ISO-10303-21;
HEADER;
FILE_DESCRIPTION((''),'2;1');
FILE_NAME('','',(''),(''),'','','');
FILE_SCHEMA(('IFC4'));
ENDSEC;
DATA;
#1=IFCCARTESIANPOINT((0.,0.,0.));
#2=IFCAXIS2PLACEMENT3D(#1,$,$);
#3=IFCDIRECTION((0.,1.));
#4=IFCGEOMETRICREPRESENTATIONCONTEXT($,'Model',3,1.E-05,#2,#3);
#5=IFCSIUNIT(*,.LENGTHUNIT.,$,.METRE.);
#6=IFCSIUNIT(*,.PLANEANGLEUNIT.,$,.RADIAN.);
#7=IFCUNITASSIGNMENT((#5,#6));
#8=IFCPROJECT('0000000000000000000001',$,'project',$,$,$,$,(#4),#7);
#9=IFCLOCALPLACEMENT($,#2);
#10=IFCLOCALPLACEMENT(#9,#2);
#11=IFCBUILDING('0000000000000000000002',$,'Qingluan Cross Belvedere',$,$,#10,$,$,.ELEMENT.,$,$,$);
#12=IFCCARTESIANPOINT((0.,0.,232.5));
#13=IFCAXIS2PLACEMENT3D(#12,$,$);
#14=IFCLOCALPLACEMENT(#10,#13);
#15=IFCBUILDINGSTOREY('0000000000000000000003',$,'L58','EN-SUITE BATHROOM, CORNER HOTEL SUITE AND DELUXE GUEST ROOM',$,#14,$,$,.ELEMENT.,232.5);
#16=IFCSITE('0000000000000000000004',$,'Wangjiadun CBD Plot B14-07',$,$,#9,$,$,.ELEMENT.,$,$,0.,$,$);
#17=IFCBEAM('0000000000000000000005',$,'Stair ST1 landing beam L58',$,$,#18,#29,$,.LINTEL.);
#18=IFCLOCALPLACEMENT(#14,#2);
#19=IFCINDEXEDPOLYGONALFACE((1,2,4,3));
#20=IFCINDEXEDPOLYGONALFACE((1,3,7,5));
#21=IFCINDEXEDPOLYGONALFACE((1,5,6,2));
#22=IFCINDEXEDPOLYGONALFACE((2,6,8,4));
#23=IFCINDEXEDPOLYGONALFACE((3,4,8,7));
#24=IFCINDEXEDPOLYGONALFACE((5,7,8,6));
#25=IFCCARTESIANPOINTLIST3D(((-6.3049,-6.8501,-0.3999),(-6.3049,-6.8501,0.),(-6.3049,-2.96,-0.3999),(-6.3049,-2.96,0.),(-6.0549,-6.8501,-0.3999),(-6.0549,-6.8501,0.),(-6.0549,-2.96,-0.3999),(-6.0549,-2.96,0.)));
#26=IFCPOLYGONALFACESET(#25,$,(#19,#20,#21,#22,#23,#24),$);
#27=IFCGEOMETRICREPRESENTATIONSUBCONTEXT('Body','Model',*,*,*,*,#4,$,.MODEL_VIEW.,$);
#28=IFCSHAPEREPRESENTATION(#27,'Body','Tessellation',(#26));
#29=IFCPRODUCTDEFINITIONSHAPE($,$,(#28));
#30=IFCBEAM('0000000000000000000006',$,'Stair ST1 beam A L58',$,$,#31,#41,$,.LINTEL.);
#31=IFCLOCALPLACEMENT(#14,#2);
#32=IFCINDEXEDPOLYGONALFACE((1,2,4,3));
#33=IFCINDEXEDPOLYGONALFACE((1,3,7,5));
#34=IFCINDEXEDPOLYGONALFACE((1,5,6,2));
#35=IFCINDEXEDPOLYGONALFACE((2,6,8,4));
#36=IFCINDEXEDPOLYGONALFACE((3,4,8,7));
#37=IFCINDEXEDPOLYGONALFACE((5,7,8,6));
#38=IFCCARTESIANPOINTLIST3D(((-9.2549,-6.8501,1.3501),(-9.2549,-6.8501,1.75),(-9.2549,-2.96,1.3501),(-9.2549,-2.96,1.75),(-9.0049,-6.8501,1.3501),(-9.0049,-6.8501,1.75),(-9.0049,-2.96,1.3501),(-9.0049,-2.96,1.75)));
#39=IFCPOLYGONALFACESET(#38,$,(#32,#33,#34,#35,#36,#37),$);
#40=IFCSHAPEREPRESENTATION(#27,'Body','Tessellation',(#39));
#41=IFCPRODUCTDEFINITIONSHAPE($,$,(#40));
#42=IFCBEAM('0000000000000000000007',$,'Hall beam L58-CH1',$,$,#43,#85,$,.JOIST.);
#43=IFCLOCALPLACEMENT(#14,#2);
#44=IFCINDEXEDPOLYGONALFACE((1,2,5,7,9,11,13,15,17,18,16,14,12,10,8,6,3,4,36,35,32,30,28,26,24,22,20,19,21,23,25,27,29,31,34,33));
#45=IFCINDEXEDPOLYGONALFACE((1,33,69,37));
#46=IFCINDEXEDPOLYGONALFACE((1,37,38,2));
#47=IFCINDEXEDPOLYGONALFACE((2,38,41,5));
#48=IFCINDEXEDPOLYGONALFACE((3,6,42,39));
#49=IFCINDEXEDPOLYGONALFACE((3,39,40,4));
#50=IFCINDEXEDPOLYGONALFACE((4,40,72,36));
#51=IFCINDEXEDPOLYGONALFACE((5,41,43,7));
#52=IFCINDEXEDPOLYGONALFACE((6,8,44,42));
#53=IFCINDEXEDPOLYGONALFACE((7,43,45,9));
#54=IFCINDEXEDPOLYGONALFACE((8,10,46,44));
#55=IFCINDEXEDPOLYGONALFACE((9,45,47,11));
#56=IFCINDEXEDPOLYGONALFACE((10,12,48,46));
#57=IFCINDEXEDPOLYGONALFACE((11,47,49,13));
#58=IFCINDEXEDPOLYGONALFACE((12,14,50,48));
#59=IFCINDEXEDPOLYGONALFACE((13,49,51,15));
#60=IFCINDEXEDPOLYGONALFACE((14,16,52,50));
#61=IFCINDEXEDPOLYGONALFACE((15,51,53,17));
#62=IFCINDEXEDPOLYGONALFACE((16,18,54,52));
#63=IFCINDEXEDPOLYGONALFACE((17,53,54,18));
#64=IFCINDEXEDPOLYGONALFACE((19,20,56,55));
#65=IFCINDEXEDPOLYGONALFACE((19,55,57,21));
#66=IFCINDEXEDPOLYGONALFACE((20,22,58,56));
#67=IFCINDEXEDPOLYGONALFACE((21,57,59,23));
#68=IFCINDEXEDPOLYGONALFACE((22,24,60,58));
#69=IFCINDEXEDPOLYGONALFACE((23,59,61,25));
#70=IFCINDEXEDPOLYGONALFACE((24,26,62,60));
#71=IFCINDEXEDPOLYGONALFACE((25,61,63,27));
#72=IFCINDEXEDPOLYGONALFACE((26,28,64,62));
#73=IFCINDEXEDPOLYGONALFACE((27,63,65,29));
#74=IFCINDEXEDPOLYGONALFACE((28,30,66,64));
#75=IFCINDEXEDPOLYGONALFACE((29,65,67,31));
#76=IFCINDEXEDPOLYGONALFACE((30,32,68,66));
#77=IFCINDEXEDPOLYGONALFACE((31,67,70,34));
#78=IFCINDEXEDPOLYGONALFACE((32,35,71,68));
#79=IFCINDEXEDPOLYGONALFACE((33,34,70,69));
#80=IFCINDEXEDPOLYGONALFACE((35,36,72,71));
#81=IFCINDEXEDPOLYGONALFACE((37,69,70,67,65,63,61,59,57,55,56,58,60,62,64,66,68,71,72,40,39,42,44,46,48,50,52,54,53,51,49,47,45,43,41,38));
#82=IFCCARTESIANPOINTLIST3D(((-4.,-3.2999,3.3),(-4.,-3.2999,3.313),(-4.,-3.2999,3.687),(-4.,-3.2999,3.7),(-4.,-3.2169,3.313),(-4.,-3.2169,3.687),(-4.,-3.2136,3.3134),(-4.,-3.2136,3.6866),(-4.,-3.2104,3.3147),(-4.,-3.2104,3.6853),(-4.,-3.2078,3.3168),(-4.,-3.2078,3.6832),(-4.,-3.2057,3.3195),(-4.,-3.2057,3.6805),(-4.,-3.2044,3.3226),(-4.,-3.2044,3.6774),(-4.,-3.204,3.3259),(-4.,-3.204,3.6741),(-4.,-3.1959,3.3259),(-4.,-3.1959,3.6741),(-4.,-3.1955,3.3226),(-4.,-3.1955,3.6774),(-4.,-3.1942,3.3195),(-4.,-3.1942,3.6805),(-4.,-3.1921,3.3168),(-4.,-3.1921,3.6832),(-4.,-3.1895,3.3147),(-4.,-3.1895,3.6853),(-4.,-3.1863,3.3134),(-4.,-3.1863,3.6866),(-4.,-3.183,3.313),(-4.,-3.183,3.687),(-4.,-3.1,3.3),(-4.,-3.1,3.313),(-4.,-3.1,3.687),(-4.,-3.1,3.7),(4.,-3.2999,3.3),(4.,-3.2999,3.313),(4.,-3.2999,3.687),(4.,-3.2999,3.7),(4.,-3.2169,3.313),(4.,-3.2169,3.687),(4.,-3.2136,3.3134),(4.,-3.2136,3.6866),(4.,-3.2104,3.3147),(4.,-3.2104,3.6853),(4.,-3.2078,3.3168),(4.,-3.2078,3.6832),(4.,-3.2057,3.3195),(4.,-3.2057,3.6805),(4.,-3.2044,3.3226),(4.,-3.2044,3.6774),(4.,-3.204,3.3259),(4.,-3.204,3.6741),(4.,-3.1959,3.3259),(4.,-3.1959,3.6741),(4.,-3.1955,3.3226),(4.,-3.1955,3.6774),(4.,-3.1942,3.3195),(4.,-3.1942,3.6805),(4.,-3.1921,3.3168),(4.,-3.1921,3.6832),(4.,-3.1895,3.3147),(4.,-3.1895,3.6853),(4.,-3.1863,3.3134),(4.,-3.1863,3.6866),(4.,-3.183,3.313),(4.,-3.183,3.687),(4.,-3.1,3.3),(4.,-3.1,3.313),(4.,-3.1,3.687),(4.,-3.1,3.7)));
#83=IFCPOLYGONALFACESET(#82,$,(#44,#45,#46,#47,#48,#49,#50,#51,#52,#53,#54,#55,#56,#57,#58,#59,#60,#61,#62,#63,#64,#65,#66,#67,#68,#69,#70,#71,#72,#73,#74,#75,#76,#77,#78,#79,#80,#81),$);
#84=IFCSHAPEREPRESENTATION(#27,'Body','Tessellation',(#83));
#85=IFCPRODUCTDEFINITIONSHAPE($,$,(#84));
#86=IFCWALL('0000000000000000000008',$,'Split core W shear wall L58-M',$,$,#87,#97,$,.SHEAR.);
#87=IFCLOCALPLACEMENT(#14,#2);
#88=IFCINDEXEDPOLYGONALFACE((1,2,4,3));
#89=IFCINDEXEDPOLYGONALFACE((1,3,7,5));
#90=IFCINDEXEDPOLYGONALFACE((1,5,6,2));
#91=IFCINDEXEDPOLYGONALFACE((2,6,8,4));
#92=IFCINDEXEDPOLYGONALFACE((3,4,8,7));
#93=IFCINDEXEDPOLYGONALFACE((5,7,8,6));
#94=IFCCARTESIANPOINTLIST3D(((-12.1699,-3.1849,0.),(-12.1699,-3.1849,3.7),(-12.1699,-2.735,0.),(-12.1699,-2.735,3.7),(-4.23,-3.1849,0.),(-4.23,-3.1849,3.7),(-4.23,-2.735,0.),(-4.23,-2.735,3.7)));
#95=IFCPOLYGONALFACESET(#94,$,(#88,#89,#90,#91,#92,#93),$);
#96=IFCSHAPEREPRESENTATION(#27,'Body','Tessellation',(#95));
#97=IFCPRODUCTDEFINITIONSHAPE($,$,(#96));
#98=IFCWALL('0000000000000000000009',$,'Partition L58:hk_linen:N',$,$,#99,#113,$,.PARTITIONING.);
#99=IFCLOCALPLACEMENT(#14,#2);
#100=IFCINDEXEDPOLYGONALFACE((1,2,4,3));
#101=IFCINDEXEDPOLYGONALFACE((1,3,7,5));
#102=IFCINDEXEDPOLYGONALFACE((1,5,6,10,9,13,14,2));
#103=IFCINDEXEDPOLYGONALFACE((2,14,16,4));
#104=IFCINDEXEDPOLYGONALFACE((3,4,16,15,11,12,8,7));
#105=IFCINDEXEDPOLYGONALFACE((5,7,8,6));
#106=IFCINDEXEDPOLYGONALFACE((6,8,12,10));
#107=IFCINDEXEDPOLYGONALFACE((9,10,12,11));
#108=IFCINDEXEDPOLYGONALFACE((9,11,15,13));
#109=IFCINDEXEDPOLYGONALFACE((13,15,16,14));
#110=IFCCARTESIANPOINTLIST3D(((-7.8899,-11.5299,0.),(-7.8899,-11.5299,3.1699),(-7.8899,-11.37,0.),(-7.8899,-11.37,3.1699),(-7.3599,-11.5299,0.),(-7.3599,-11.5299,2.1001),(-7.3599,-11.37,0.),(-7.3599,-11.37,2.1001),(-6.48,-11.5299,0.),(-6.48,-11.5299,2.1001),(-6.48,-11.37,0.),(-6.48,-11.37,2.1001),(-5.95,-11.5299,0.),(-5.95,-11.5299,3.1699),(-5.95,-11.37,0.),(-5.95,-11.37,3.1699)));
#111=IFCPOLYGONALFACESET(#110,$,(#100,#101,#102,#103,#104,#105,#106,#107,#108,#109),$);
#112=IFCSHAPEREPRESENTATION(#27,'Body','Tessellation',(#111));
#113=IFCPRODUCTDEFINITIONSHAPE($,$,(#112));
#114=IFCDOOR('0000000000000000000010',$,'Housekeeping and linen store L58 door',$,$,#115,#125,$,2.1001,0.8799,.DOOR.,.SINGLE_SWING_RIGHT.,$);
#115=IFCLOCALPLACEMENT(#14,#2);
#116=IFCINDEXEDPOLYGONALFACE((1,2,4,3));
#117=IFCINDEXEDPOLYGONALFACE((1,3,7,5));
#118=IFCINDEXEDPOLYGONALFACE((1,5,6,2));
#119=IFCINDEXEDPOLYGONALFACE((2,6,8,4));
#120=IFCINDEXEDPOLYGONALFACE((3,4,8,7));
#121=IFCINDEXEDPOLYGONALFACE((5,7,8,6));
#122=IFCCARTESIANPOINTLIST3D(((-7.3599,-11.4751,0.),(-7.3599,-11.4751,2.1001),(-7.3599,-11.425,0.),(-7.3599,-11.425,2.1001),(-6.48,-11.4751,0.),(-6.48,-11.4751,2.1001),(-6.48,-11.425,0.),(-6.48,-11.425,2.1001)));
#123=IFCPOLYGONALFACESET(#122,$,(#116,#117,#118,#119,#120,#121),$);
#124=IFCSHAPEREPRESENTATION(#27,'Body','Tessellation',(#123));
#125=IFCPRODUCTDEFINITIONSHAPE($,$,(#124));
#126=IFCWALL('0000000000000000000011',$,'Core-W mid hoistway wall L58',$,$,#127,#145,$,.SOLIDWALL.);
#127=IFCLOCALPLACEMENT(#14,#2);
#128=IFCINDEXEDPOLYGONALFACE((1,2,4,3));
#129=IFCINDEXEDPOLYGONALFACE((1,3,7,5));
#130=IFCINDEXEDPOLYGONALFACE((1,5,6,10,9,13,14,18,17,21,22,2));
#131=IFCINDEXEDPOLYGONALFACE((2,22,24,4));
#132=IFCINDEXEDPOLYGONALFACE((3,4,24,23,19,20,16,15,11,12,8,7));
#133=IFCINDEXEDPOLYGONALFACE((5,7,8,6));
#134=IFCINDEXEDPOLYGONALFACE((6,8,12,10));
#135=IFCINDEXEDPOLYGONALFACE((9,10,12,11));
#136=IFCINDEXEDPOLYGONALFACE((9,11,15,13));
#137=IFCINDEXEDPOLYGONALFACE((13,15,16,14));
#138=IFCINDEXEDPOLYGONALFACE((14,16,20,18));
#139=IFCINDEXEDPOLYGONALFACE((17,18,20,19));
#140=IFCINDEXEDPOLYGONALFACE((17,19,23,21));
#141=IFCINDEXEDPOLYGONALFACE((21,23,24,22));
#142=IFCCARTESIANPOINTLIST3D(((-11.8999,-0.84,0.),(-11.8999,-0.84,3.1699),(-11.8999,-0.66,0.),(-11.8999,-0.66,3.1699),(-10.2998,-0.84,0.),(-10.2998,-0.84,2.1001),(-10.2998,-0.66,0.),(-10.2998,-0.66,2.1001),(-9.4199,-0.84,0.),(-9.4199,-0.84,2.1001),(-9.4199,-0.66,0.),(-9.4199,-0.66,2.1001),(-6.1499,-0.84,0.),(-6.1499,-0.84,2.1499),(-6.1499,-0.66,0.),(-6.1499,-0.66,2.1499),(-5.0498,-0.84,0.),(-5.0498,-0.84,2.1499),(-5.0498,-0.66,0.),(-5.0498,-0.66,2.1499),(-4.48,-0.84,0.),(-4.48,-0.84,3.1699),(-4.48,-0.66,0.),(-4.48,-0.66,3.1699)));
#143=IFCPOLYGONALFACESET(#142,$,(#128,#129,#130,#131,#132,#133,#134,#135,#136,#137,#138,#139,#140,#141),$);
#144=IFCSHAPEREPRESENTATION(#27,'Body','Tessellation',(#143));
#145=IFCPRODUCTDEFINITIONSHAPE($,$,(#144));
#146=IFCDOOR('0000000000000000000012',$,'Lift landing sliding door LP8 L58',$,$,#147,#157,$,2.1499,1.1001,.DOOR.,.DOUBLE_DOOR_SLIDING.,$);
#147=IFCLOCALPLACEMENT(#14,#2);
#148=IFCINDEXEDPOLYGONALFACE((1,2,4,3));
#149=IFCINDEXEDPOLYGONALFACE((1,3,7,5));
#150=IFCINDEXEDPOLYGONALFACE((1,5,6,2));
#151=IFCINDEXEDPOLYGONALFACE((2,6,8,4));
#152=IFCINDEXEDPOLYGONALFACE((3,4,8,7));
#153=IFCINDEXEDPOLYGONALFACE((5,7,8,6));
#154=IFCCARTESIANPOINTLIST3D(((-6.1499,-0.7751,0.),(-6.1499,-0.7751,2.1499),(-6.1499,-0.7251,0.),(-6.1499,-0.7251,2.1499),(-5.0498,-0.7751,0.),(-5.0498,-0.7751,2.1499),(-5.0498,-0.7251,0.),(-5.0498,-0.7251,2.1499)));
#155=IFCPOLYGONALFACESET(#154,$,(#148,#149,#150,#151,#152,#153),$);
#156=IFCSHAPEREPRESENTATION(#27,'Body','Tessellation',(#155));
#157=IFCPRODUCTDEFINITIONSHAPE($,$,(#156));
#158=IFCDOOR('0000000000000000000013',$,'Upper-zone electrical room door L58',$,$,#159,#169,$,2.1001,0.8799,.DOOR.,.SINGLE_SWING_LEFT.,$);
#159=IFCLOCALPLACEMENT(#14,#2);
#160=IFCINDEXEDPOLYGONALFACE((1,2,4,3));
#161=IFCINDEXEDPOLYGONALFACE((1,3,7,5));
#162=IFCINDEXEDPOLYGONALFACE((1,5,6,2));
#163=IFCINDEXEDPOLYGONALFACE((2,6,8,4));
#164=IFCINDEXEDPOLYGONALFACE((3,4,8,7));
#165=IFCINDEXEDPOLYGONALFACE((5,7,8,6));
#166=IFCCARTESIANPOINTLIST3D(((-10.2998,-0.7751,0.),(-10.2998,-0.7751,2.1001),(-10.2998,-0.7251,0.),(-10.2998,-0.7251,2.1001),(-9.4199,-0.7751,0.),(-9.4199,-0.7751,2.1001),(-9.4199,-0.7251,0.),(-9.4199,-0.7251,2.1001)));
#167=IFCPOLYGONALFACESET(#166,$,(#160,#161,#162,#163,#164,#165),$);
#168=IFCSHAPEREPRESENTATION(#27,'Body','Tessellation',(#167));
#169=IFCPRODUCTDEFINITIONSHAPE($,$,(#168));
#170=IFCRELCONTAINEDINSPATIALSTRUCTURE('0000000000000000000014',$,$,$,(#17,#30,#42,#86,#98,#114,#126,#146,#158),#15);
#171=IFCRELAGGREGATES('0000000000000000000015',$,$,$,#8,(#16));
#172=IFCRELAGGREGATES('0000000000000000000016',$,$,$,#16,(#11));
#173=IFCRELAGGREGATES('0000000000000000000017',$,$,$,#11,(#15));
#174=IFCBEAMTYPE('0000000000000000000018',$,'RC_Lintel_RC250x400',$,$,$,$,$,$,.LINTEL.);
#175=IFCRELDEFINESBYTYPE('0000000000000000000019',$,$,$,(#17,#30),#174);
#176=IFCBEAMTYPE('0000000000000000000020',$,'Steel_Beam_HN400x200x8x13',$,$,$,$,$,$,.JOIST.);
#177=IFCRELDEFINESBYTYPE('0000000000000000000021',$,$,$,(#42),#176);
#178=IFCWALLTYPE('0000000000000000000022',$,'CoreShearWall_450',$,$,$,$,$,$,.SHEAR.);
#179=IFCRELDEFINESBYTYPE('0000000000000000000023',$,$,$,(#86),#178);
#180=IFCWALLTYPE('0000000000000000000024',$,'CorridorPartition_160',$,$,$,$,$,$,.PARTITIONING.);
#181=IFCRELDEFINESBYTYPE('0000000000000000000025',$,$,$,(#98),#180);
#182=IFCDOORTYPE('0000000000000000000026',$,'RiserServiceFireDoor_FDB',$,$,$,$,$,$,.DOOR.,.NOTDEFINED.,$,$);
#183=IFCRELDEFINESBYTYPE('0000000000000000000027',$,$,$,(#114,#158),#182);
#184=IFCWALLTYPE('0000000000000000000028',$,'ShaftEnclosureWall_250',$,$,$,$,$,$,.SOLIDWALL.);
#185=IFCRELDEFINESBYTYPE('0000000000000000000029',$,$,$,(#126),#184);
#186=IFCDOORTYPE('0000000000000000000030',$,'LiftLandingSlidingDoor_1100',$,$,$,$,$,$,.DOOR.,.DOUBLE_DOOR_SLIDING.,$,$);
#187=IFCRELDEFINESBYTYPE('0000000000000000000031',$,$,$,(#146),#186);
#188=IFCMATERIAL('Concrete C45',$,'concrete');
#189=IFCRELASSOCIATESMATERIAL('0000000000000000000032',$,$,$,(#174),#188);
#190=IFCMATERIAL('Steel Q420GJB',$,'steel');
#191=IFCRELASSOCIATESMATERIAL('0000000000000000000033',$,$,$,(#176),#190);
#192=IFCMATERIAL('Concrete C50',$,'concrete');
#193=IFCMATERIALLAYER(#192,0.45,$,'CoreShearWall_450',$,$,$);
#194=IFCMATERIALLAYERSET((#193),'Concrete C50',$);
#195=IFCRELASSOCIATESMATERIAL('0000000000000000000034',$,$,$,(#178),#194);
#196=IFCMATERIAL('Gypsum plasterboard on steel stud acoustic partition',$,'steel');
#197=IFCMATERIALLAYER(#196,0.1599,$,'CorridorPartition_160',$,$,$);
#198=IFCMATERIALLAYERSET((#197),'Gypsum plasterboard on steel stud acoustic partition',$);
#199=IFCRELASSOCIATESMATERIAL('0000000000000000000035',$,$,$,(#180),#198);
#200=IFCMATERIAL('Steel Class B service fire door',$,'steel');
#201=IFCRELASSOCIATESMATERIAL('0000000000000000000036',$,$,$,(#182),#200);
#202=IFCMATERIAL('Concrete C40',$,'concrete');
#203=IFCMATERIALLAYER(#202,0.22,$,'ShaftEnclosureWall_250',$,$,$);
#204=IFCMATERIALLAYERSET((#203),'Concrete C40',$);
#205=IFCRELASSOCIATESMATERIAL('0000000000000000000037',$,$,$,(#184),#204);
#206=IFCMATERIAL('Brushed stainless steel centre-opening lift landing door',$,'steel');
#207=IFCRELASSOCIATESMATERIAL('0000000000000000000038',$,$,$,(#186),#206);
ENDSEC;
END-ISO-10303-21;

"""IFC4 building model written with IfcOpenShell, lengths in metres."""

from ifc_helpers import new_model, si_unit, direction, frame, frame_2d, origin, origin_2d, place, context, subcontext, project, spatial, rectangle, i_section, extrude, material, layer, layer_set, material_profile, profile_set, type_object, element, fill, save


model = new_model("IFC4")

# Units and contexts
model_context = context("Model", 3, precision=1e-05, world=origin(), true_north=direction((0.0, 1.0)))
body_context = subcontext(model_context, "Body", "Model", "MODEL_VIEW")
ifc_project = project(units=[si_unit("LENGTHUNIT", "METRE"), si_unit("PLANEANGLEUNIT", "RADIAN")], contexts=[model_context])

# Site, building, storey
site_placement = place(None, origin())
site = spatial("IfcSite", under=ifc_project, at=site_placement, Name="Wangjiadun CBD Plot B14-07", CompositionType="ELEMENT", RefElevation=0.0)
building_placement = place(site_placement, origin())
building = spatial("IfcBuilding", under=site, at=building_placement, Name="Qingluan Cross Belvedere", CompositionType="ELEMENT")
storey_placement = place(building_placement, frame((0.0, 0.0, 232.5)))
storey = spatial("IfcBuildingStorey", under=building, at=storey_placement, Name="L58", Description="EN-SUITE BATHROOM, CORNER HOTEL SUITE AND DELUXE GUEST ROOM", CompositionType="ELEMENT", Elevation=232.5)

# Beams
ifc_material_1 = material(Name="Concrete C45", Category="concrete")
ifc_material_profile_1 = material_profile(ifc_material_1, rectangle(XDim=0.25, YDim=0.3999, at=origin_2d()), Name="RC250x400")
ifc_profile_set_1 = profile_set([ifc_material_profile_1], Name="Concrete C45")
beam_type_1 = type_object("IfcBeamType", Name="RC_Lintel_RC250x400", PredefinedType="LINTEL", material=ifc_profile_set_1)
for number, where, z_axis, x_axis, name in (
    (1, (-6.1799, -6.8501, -0.2), (0.0, 1.0, 0.0), (-1.0, 0.0, 0.0), "Stair ST1 landing beam L58"),
    (2, (-9.1299, -6.8501, 1.55), (0.0, 1.0, 0.0), (-1.0, 0.0, 0.0), "Stair ST1 beam A L58"),
):
    element("IfcBeam", number, at=place(storey_placement, frame(where, z_axis=z_axis, x_axis=x_axis)), inside=storey, type_object=beam_type_1, Name=name, PredefinedType="LINTEL", context=body_context, shape_type="SweptSolid", body=[
        extrude(rectangle(XDim=0.25, YDim=0.3999, at=origin_2d()), origin(), (0.0, 0.0, 1.0), 3.8901),
    ])
ifc_material_2 = material(Name="Steel Q420GJB", Category="steel")
ifc_material_profile_2 = material_profile(ifc_material_2, i_section(OverallWidth=0.2, OverallDepth=0.3999, WebThickness=0.0081, FlangeThickness=0.0129, FilletRadius=0.0129, at=origin_2d()), Name="HN400x200x8x13")
ifc_profile_set_2 = profile_set([ifc_material_profile_2], Name="Steel Q420GJB")
beam_type_2 = type_object("IfcBeamType", Name="Steel_Beam_HN400x200x8x13", PredefinedType="JOIST", material=ifc_profile_set_2)
beam_placement = place(storey_placement, frame((-4.0, -3.2, 3.5), z_axis=(1.0, 0.0, 0.0), x_axis=(0.0, 1.0, 0.0)))
element("IfcBeam", 3, at=beam_placement, inside=storey, type_object=beam_type_2, Name="Hall beam L58-CH1", PredefinedType="JOIST", context=body_context, shape_type="SweptSolid", body=[
    extrude(i_section(OverallWidth=0.2, OverallDepth=0.3999, WebThickness=0.0081, FlangeThickness=0.0129, FilletRadius=0.0129, at=origin_2d()), origin(), (0.0, 0.0, 1.0), 8.0),
])

# Shared definitions
ifc_material_3 = material(Name="Concrete C50", Category="concrete")
ifc_layer_1 = layer(ifc_material_3, 0.45, Name="CoreShearWall_450")
ifc_layer_set_1 = layer_set([ifc_layer_1], Name="Concrete C50")
wall_type_1 = type_object("IfcWallType", Name="CoreShearWall_450", PredefinedType="SHEAR", material=ifc_layer_set_1)

# Wall
wall_1_placement = place(storey_placement, frame((-12.1699, -2.96, 0.0), z_axis=(0.0, 0.0, 1.0), x_axis=(1.0, 0.0, 0.0)))
element("IfcWall", 4, at=wall_1_placement, inside=storey, type_object=wall_type_1, Name="Split core W shear wall L58-M", PredefinedType="SHEAR", context=body_context, shape_type="SweptSolid", body=[
    extrude(rectangle(XDim=7.9399, YDim=0.45, at=frame_2d((3.97, 0.0))), origin(), (0.0, 0.0, 1.0), 3.7),
])

# Wall, opening, door
ifc_material_4 = material(Name="Gypsum plasterboard on steel stud acoustic partition", Category="steel")
ifc_layer_2 = layer(ifc_material_4, 0.1599, Name="CorridorPartition_160")
ifc_layer_set_2 = layer_set([ifc_layer_2], Name="Gypsum plasterboard on steel stud acoustic partition")
wall_type_2 = type_object("IfcWallType", Name="CorridorPartition_160", PredefinedType="PARTITIONING", material=ifc_layer_set_2)
wall_2_placement = place(storey_placement, frame((-7.8899, -11.45, 0.0), z_axis=(0.0, 0.0, 1.0), x_axis=(1.0, 0.0, 0.0)))
wall_2 = element("IfcWall", 5, at=wall_2_placement, inside=storey, type_object=wall_type_2, Name="Partition L58:hk_linen:N", PredefinedType="PARTITIONING", context=body_context, shape_type="SweptSolid", body=[
    extrude(rectangle(XDim=1.9399, YDim=0.1599, at=frame_2d((0.97, 0.0))), origin(), (0.0, 0.0, 1.0), 3.1699),
])
opening_1_placement = place(wall_2_placement, frame((0.53, 0.0, 0.0)))
opening_1 = element("IfcOpeningElement", 6, at=opening_1_placement, cuts=wall_2, PredefinedType="OPENING", context=body_context, shape_type="SweptSolid", body=[
    extrude(rectangle(XDim=0.8799, YDim=2.1001, at=frame_2d((0.4399, 1.05))), frame((0.0, 0.0898, 0.0), z_axis=(0.0, -1.0, 0.0), x_axis=(1.0, 0.0, 0.0)), (0.0, 0.0, 1.0), 0.1799),
])
ifc_material_5 = material(Name="Steel Class B service fire door", Category="steel")
door_type_1 = type_object("IfcDoorType", Name="RiserServiceFireDoor_FDB", OperationType="NOTDEFINED", PredefinedType="DOOR", material=ifc_material_5)
door_1_placement = place(opening_1_placement, origin())
door_1 = element("IfcDoor", 7, at=door_1_placement, inside=storey, type_object=door_type_1, Name="Housekeeping and linen store L58 door", OperationType="SINGLE_SWING_RIGHT", OverallHeight=2.1001, OverallWidth=0.8799, PredefinedType="DOOR", context=body_context, shape_type="SweptSolid", body=[
    extrude(rectangle(XDim=0.8799, YDim=2.1001, at=frame_2d((0.4399, 1.05))), frame((0.0, 0.0249, 0.0), z_axis=(0.0, -1.0, 0.0), x_axis=(1.0, 0.0, 0.0)), (0.0, 0.0, 1.0), 0.05),
])
fill(opening_1, door_1)

# Wall, openings, doors
ifc_material_6 = material(Name="Concrete C40", Category="concrete")
ifc_layer_3 = layer(ifc_material_6, 0.22, Name="ShaftEnclosureWall_250")
ifc_layer_set_3 = layer_set([ifc_layer_3], Name="Concrete C40")
wall_type_3 = type_object("IfcWallType", Name="ShaftEnclosureWall_250", PredefinedType="SOLIDWALL", material=ifc_layer_set_3)
wall_3_placement = place(storey_placement, frame((-11.8999, -0.75, 0.0), z_axis=(0.0, 0.0, 1.0), x_axis=(1.0, 0.0, 0.0)))
wall_3 = element("IfcWall", 8, at=wall_3_placement, inside=storey, type_object=wall_type_3, Name="Core-W mid hoistway wall L58", PredefinedType="SOLIDWALL", context=body_context, shape_type="SweptSolid", body=[
    extrude(rectangle(XDim=7.4199, YDim=0.1799, at=frame_2d((3.71, 0.0))), origin(), (0.0, 0.0, 1.0), 3.1699),
])
opening_2_placement = place(wall_3_placement, frame((5.75, 0.0, 0.0)))
opening_2 = element("IfcOpeningElement", 9, at=opening_2_placement, cuts=wall_3, PredefinedType="OPENING", context=body_context, shape_type="SweptSolid", body=[
    extrude(rectangle(XDim=1.1001, YDim=2.1499, at=frame_2d((0.55, 1.075))), frame((0.0, 0.0999, 0.0), z_axis=(0.0, -1.0, 0.0), x_axis=(1.0, 0.0, 0.0)), (0.0, 0.0, 1.0), 0.2),
])
opening_3_placement = place(wall_3_placement, frame((1.6001, 0.0, 0.0)))
opening_3 = element("IfcOpeningElement", 10, at=opening_3_placement, cuts=wall_3, PredefinedType="OPENING", context=body_context, shape_type="SweptSolid", body=[
    extrude(rectangle(XDim=0.8799, YDim=2.1001, at=frame_2d((0.4399, 1.05))), frame((0.0, 0.0999, 0.0), z_axis=(0.0, -1.0, 0.0), x_axis=(1.0, 0.0, 0.0)), (0.0, 0.0, 1.0), 0.2),
])
ifc_material_7 = material(Name="Brushed stainless steel centre-opening lift landing door", Category="steel")
door_type_2 = type_object("IfcDoorType", Name="LiftLandingSlidingDoor_1100", OperationType="DOUBLE_DOOR_SLIDING", PredefinedType="DOOR", material=ifc_material_7)
door_2_placement = place(opening_2_placement, origin())
door_2 = element("IfcDoor", 11, at=door_2_placement, inside=storey, type_object=door_type_2, Name="Lift landing sliding door LP8 L58", OperationType="DOUBLE_DOOR_SLIDING", OverallHeight=2.1499, OverallWidth=1.1001, PredefinedType="DOOR", context=body_context, shape_type="SweptSolid", body=[
    extrude(rectangle(XDim=1.1001, YDim=2.1499, at=frame_2d((0.55, 1.075))), frame((0.0, 0.0249, 0.0), z_axis=(0.0, -1.0, 0.0), x_axis=(1.0, 0.0, 0.0)), (0.0, 0.0, 1.0), 0.05),
])
fill(opening_2, door_2)
door_3_placement = place(opening_3_placement, origin())
door_3 = element("IfcDoor", 12, at=door_3_placement, inside=storey, type_object=door_type_1, Name="Upper-zone electrical room door L58", OperationType="SINGLE_SWING_LEFT", OverallHeight=2.1001, OverallWidth=0.8799, PredefinedType="DOOR", context=body_context, shape_type="SweptSolid", body=[
    extrude(rectangle(XDim=0.8799, YDim=2.1001, at=frame_2d((0.4399, 1.05))), frame((0.0, 0.0249, 0.0), z_axis=(0.0, -1.0, 0.0), x_axis=(1.0, 0.0, 0.0)), (0.0, 0.0, 1.0), 0.05),
])
fill(opening_3, door_3)

save(model, "model.ifc")
